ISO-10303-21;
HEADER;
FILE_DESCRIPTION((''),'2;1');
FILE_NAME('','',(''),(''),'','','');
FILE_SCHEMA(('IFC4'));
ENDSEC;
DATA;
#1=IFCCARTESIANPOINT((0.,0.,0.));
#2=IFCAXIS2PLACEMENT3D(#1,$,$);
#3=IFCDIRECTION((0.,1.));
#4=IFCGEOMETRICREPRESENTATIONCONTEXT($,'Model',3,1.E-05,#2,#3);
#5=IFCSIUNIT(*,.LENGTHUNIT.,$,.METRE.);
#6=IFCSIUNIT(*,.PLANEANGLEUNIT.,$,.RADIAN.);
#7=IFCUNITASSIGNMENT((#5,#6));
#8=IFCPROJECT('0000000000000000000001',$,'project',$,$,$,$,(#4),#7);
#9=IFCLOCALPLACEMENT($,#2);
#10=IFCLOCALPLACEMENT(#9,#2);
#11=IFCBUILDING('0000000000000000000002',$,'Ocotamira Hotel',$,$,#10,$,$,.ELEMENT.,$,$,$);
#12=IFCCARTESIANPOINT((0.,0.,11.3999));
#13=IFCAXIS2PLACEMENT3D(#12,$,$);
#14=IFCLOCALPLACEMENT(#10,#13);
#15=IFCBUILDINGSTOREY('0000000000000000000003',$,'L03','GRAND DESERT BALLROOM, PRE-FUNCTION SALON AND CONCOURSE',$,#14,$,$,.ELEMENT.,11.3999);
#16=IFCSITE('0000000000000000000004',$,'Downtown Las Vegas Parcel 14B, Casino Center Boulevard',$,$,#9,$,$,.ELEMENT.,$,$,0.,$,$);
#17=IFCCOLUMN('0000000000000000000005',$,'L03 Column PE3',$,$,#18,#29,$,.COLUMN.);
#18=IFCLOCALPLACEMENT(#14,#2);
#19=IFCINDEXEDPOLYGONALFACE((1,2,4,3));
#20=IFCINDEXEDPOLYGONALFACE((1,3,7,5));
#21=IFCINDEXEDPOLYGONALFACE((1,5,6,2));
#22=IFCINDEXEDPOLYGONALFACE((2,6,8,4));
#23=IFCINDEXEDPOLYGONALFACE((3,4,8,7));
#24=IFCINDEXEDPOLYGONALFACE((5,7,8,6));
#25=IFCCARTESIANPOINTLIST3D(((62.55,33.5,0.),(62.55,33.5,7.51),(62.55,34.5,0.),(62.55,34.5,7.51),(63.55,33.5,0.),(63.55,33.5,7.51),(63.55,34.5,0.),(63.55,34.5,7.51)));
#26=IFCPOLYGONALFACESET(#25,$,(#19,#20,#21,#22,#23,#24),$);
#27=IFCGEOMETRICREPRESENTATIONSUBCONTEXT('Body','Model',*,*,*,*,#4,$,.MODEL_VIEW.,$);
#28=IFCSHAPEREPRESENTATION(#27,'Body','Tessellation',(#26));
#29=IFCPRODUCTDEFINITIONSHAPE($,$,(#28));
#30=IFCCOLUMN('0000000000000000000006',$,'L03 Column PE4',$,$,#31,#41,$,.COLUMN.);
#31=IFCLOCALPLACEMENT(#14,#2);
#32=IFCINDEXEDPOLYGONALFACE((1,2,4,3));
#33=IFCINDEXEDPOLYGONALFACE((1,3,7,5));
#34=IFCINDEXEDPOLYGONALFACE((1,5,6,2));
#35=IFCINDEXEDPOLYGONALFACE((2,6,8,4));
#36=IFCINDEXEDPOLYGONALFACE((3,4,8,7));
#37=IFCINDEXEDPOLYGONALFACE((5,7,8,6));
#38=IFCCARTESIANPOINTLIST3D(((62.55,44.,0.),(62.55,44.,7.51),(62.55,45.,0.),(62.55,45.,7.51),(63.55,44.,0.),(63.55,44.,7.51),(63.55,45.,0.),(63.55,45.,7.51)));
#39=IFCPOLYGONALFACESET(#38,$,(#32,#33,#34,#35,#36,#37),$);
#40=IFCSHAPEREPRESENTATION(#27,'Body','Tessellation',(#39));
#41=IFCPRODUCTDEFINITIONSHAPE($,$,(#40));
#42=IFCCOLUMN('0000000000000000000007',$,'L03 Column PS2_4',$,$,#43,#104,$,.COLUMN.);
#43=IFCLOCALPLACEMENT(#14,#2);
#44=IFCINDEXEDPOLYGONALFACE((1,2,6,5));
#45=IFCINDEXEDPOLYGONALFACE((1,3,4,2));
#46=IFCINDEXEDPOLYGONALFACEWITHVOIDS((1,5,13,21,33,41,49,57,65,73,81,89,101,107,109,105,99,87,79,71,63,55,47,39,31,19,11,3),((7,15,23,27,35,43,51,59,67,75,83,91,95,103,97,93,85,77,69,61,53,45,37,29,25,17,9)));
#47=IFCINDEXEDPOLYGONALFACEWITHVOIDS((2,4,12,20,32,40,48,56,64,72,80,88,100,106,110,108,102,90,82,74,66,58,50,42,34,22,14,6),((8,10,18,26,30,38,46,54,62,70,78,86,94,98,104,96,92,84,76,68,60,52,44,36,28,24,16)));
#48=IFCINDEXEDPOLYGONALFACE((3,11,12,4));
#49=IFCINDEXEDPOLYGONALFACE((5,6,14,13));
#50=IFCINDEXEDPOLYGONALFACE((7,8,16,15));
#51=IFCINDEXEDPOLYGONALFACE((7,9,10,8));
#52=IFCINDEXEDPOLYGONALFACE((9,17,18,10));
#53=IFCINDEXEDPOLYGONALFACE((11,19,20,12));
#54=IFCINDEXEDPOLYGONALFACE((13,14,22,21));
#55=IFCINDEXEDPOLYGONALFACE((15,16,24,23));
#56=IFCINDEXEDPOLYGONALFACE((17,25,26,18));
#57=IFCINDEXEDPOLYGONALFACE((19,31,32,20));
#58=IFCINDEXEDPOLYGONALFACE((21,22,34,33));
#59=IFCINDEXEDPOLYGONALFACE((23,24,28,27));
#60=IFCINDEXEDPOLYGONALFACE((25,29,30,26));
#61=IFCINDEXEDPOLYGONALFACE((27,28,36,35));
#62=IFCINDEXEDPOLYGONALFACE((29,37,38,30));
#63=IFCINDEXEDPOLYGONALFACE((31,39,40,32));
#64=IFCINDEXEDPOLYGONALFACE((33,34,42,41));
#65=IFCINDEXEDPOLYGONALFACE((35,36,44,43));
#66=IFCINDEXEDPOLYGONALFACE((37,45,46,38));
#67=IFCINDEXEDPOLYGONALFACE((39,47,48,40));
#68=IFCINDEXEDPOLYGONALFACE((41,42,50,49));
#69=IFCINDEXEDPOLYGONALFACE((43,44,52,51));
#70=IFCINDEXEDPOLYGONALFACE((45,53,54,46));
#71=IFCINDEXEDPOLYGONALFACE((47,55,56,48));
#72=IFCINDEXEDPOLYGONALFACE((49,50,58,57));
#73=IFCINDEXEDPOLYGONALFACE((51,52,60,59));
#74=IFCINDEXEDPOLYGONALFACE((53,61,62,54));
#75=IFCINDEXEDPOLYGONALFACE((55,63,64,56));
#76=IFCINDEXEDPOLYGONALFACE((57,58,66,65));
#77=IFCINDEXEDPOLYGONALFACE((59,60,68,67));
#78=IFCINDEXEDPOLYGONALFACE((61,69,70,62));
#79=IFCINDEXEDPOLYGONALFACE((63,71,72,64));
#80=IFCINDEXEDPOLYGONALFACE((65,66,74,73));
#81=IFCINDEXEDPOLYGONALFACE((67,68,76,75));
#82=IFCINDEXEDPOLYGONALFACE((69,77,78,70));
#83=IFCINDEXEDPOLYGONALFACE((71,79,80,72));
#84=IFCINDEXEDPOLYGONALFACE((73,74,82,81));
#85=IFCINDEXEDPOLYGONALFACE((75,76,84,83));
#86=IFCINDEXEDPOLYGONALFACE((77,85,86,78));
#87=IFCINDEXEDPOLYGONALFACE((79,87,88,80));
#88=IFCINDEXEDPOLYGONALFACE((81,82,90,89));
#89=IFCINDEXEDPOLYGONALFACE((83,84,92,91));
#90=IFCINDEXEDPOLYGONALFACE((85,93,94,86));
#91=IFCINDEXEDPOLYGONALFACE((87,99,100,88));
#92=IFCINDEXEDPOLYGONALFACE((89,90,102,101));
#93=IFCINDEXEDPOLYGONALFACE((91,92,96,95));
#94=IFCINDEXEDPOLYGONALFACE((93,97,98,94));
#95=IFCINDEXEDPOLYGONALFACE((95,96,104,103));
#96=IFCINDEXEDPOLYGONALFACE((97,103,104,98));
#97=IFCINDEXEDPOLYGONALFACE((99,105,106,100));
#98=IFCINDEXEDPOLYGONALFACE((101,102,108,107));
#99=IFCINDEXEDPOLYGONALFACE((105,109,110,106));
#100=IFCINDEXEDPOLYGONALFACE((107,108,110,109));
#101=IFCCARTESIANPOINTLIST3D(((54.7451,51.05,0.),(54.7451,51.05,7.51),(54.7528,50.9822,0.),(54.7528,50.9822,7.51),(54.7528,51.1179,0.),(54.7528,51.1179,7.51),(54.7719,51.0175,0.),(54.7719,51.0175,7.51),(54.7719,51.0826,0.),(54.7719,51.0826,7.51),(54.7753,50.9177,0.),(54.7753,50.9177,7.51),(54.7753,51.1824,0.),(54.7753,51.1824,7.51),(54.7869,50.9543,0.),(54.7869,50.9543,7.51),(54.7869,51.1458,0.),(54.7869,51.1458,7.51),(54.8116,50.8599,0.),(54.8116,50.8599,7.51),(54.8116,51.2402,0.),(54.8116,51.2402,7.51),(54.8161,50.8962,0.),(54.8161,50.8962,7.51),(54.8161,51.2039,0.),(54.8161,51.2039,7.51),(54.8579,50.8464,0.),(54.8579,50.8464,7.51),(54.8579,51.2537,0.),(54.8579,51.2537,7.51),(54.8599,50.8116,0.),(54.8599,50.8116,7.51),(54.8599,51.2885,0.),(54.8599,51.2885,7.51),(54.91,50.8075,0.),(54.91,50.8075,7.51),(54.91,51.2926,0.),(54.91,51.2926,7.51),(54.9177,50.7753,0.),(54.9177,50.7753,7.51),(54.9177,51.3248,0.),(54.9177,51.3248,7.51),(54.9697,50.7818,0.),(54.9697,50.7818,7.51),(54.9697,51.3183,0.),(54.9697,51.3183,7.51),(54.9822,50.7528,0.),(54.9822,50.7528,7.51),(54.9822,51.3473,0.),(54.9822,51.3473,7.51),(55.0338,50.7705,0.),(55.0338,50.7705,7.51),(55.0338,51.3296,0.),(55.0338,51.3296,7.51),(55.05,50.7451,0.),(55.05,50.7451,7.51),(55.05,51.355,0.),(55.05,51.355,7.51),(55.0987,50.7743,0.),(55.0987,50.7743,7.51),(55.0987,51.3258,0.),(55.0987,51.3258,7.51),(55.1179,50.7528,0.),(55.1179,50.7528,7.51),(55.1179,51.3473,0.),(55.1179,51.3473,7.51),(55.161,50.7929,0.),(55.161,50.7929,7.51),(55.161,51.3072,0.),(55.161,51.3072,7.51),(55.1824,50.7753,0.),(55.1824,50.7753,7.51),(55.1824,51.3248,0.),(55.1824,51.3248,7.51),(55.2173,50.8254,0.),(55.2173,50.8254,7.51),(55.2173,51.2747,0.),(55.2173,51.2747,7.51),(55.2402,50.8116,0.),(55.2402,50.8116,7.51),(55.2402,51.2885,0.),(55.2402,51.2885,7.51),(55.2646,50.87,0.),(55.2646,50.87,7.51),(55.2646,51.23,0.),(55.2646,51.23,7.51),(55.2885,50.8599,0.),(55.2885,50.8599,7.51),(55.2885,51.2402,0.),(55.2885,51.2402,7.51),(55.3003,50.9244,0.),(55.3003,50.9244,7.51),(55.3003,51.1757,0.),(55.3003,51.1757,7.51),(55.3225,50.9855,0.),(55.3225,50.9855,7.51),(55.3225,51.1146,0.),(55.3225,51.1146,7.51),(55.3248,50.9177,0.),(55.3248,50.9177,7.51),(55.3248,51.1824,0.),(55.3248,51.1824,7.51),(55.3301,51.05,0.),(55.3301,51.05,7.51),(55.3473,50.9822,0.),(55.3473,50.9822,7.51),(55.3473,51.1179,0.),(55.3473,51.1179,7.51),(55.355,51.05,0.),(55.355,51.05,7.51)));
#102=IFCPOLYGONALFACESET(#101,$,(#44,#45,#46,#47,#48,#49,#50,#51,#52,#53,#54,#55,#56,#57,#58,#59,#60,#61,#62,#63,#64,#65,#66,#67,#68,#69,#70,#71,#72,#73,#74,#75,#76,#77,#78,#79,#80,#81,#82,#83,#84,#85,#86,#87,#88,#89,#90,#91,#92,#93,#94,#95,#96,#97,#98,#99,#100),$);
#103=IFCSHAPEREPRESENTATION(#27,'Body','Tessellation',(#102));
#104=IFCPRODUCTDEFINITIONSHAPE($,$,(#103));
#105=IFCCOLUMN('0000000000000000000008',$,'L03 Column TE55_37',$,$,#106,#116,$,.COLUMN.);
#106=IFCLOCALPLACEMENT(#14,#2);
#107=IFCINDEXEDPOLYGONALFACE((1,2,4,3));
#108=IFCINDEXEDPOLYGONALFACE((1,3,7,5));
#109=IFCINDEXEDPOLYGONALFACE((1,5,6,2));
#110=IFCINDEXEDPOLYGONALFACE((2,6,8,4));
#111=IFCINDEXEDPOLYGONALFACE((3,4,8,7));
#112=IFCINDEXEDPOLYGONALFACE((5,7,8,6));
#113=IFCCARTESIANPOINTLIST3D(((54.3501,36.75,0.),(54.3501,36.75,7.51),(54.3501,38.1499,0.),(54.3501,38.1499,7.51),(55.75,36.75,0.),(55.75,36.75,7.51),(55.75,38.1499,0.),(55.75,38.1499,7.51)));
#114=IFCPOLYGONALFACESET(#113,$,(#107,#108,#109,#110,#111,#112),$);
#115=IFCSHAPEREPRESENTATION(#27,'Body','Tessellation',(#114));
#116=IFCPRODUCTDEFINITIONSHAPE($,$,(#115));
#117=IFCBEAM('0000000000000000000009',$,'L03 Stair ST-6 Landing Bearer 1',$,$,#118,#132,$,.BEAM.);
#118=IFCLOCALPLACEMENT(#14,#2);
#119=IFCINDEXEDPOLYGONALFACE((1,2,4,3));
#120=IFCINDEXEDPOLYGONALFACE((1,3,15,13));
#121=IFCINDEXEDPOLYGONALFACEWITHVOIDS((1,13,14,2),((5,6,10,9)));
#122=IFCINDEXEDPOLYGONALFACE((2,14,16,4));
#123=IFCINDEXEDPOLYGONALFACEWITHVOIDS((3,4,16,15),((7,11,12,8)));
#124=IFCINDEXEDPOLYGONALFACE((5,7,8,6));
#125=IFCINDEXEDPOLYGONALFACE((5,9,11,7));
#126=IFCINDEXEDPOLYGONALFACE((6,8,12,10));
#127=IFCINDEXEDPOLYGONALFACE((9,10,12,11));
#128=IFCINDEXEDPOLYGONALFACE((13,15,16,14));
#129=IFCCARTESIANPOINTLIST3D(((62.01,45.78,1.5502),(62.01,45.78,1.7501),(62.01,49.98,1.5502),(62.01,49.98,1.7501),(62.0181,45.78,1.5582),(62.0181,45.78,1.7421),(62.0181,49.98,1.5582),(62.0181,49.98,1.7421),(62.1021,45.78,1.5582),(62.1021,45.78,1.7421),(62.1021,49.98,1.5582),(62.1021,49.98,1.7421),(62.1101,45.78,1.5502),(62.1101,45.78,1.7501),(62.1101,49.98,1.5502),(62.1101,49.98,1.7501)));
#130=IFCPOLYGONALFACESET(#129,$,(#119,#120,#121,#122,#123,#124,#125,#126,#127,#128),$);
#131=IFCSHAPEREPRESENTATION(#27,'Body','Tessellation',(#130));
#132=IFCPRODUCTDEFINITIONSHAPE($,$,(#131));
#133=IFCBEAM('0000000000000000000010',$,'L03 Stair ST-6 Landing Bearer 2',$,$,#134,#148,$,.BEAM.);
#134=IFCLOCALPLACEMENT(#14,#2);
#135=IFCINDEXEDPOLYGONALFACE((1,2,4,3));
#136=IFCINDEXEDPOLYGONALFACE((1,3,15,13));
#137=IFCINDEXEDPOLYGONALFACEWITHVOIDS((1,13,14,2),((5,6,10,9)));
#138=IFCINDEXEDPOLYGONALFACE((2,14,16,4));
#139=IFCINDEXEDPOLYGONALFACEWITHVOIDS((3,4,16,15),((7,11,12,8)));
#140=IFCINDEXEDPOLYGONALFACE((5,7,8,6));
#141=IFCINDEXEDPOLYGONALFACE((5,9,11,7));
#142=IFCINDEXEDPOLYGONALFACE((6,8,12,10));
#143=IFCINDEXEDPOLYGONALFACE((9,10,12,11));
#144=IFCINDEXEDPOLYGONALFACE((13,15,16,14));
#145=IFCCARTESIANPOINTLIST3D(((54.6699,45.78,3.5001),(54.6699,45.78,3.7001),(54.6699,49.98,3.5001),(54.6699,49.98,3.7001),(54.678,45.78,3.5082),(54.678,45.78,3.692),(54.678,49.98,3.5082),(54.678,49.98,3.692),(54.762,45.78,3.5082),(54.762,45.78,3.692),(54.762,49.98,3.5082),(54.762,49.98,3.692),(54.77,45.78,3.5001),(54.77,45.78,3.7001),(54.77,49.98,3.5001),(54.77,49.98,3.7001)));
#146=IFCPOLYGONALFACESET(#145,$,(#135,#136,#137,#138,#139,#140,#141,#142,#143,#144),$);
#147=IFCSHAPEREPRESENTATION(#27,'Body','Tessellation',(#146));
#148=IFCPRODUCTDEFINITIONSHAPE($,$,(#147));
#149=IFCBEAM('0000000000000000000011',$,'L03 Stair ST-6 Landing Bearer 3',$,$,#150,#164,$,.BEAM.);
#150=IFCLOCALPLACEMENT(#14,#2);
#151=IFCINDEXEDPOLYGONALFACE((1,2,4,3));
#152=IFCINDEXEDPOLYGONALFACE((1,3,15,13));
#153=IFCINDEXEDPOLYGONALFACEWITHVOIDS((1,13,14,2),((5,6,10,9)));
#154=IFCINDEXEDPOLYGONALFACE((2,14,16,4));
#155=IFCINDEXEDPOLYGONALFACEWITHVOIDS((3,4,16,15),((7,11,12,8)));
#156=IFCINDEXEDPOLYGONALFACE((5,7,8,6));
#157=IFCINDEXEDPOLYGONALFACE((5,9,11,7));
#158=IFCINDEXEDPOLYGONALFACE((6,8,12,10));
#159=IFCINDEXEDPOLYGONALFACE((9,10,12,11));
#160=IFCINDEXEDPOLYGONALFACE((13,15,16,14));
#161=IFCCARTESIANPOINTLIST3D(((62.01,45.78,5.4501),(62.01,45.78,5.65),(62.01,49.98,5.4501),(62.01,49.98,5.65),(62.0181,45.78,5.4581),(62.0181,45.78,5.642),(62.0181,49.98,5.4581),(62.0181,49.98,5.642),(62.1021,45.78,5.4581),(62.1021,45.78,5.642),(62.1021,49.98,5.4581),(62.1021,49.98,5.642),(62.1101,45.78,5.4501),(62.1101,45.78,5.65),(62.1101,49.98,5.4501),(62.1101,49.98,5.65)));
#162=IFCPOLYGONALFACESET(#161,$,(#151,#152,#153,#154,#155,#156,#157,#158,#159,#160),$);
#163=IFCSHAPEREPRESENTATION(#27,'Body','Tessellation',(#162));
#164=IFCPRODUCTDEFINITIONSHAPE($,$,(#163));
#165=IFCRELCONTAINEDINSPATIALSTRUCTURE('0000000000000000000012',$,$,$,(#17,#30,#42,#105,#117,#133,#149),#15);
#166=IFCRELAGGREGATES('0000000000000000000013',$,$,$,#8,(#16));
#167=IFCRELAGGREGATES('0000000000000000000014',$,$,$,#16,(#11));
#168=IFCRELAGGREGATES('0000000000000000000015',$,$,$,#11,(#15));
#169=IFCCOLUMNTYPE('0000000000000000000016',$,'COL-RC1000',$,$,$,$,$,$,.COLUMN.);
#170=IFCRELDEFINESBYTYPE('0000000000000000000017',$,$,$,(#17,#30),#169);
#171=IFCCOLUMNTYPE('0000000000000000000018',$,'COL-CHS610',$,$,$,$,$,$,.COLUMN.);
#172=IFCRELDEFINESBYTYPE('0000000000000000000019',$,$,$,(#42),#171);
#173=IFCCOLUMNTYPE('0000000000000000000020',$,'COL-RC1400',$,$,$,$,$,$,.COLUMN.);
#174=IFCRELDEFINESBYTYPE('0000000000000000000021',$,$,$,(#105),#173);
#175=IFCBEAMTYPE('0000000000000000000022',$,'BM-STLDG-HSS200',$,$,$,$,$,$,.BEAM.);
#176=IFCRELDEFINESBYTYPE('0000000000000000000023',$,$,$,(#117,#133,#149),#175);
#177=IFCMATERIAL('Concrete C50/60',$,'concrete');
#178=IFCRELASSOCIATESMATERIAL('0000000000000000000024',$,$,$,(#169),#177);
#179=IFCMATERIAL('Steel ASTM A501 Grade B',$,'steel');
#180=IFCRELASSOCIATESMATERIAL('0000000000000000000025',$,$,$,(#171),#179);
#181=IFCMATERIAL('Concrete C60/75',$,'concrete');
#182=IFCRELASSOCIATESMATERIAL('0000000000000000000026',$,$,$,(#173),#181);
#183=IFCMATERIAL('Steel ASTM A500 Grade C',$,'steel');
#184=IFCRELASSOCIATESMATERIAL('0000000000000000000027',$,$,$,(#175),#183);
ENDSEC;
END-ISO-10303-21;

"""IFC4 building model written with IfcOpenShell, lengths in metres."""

from ifc_helpers import new_model, si_unit, direction, frame, origin, origin_2d, place, context, subcontext, project, spatial, rectangle, hollow_rectangle, hollow_circle, extrude, source, transform, mapped, material, material_profile, profile_set, type_object, element, save


model = new_model("IFC4")

# Units and contexts
model_context = context("Model", 3, precision=1e-05, world=origin(), true_north=direction((0.0, 1.0)))
body_context = subcontext(model_context, "Body", "Model", "MODEL_VIEW")
ifc_project = project(units=[si_unit("LENGTHUNIT", "METRE"), si_unit("PLANEANGLEUNIT", "RADIAN")], contexts=[model_context])

# Site, building, storey
site_placement = place(None, origin())
site = spatial("IfcSite", under=ifc_project, at=site_placement, Name="Downtown Las Vegas Parcel 14B, Casino Center Boulevard", CompositionType="ELEMENT", RefElevation=0.0)
building_placement = place(site_placement, origin())
building = spatial("IfcBuilding", under=site, at=building_placement, Name="Ocotamira Hotel", CompositionType="ELEMENT")
storey_placement = place(building_placement, frame((0.0, 0.0, 11.3999)))
storey = spatial("IfcBuildingStorey", under=building, at=storey_placement, Name="L03", Description="GRAND DESERT BALLROOM, PRE-FUNCTION SALON AND CONCOURSE", CompositionType="ELEMENT", Elevation=11.3999)

# Columns
ifc_material_1 = material(Name="Concrete C50/60", Category="concrete")
ifc_material_profile_1 = material_profile(ifc_material_1, rectangle(XDim=1.0, YDim=1.0, at=origin_2d()), Name="RC1000X1000")
ifc_profile_set_1 = profile_set([ifc_material_profile_1], Name="Concrete C50/60")
column_type_1 = type_object("IfcColumnType", Name="COL-RC1000", PredefinedType="COLUMN", material=ifc_profile_set_1)
shared_shape_1 = source(origin(), body_context, "Body", "SweptSolid", [
    extrude(rectangle(XDim=1.0, YDim=1.0, at=origin_2d()), origin(), (0.0, 0.0, 1.0), 7.51),
])
for number, where, z_axis, x_axis, name in (
    (1, (63.05, 34.0, 0.0), (0.0, 0.0, 1.0), (1.0, 0.0, 0.0), "L03 Column PE3"),
    (2, (63.05, 44.5, 0.0), (0.0, 0.0, 1.0), (1.0, 0.0, 0.0), "L03 Column PE4"),
):
    element("IfcColumn", number, at=place(storey_placement, frame(where, z_axis=z_axis, x_axis=x_axis)), inside=storey, type_object=column_type_1, Name=name, PredefinedType="COLUMN", context=body_context, shape_type="MappedRepresentation", body=[
        mapped(shared_shape_1, transform((0.0, 0.0, 0.0), scale=1.0)),
    ])
ifc_material_2 = material(Name="Steel ASTM A501 Grade B", Category="steel")
ifc_material_profile_2 = material_profile(ifc_material_2, hollow_circle(Radius=0.3049, WallThickness=0.0249, at=origin_2d()), Name="CHS610X25")
ifc_profile_set_2 = profile_set([ifc_material_profile_2], Name="Steel ASTM A501 Grade B")
column_type_2 = type_object("IfcColumnType", Name="COL-CHS610", PredefinedType="COLUMN", material=ifc_profile_set_2)
shared_shape_2 = source(origin(), body_context, "Body", "SweptSolid", [
    extrude(hollow_circle(Radius=0.3049, WallThickness=0.0249, at=origin_2d()), origin(), (0.0, 0.0, 1.0), 7.51),
])
column_1_placement = place(storey_placement, frame((55.05, 51.05, 0.0), z_axis=(0.0, 0.0, 1.0), x_axis=(1.0, 0.0, 0.0)))
element("IfcColumn", 3, at=column_1_placement, inside=storey, type_object=column_type_2, Name="L03 Column PS2_4", PredefinedType="COLUMN", context=body_context, shape_type="MappedRepresentation", body=[
    mapped(shared_shape_2, transform((0.0, 0.0, 0.0), scale=1.0)),
])
ifc_material_3 = material(Name="Concrete C60/75", Category="concrete")
ifc_material_profile_3 = material_profile(ifc_material_3, rectangle(XDim=1.3999, YDim=1.3999, at=origin_2d()), Name="RC1400X1400")
ifc_profile_set_3 = profile_set([ifc_material_profile_3], Name="Concrete C60/75")
column_type_3 = type_object("IfcColumnType", Name="COL-RC1400", PredefinedType="COLUMN", material=ifc_profile_set_3)
shared_shape_3 = source(origin(), body_context, "Body", "SweptSolid", [
    extrude(rectangle(XDim=1.3999, YDim=1.3999, at=origin_2d()), origin(), (0.0, 0.0, 1.0), 7.51),
])
column_2_placement = place(storey_placement, frame((55.05, 37.45, 0.0), z_axis=(0.0, 0.0, 1.0), x_axis=(1.0, 0.0, 0.0)))
element("IfcColumn", 4, at=column_2_placement, inside=storey, type_object=column_type_3, Name="L03 Column TE55_37", PredefinedType="COLUMN", context=body_context, shape_type="MappedRepresentation", body=[
    mapped(shared_shape_3, transform((0.0, 0.0, 0.0), scale=1.0)),
])

# Beams
ifc_material_4 = material(Name="Steel ASTM A500 Grade C", Category="steel")
ifc_material_profile_4 = material_profile(ifc_material_4, hollow_rectangle(XDim=0.1001, YDim=0.2, WallThickness=0.0081, at=origin_2d()), Name="HSS200X100X8")
ifc_profile_set_4 = profile_set([ifc_material_profile_4], Name="Steel ASTM A500 Grade C")
beam_type_1 = type_object("IfcBeamType", Name="BM-STLDG-HSS200", PredefinedType="BEAM", material=ifc_profile_set_4)
shared_shape_4 = source(origin(), body_context, "Body", "SweptSolid", [
    extrude(hollow_rectangle(XDim=0.1001, YDim=0.2, WallThickness=0.0081, at=origin_2d()), origin(), (0.0, 0.0, 1.0), 4.2),
])
for number, where, z_axis, x_axis, name in (
    (5, (62.0601, 45.78, 1.6501), (0.0, 1.0, 0.0), (-1.0, 0.0, 0.0), "L03 Stair ST-6 Landing Bearer 1"),
    (6, (54.72, 45.78, 3.6001), (0.0, 1.0, 0.0), (-1.0, 0.0, 0.0), "L03 Stair ST-6 Landing Bearer 2"),
    (7, (62.0601, 45.78, 5.55), (0.0, 1.0, 0.0), (-1.0, 0.0, 0.0), "L03 Stair ST-6 Landing Bearer 3"),
):
    element("IfcBeam", number, at=place(storey_placement, frame(where, z_axis=z_axis, x_axis=x_axis)), inside=storey, type_object=beam_type_1, Name=name, PredefinedType="BEAM", context=body_context, shape_type="MappedRepresentation", body=[
        mapped(shared_shape_4, transform((0.0, 0.0, 0.0), scale=1.0)),
    ])

save(model, "model.ifc")
